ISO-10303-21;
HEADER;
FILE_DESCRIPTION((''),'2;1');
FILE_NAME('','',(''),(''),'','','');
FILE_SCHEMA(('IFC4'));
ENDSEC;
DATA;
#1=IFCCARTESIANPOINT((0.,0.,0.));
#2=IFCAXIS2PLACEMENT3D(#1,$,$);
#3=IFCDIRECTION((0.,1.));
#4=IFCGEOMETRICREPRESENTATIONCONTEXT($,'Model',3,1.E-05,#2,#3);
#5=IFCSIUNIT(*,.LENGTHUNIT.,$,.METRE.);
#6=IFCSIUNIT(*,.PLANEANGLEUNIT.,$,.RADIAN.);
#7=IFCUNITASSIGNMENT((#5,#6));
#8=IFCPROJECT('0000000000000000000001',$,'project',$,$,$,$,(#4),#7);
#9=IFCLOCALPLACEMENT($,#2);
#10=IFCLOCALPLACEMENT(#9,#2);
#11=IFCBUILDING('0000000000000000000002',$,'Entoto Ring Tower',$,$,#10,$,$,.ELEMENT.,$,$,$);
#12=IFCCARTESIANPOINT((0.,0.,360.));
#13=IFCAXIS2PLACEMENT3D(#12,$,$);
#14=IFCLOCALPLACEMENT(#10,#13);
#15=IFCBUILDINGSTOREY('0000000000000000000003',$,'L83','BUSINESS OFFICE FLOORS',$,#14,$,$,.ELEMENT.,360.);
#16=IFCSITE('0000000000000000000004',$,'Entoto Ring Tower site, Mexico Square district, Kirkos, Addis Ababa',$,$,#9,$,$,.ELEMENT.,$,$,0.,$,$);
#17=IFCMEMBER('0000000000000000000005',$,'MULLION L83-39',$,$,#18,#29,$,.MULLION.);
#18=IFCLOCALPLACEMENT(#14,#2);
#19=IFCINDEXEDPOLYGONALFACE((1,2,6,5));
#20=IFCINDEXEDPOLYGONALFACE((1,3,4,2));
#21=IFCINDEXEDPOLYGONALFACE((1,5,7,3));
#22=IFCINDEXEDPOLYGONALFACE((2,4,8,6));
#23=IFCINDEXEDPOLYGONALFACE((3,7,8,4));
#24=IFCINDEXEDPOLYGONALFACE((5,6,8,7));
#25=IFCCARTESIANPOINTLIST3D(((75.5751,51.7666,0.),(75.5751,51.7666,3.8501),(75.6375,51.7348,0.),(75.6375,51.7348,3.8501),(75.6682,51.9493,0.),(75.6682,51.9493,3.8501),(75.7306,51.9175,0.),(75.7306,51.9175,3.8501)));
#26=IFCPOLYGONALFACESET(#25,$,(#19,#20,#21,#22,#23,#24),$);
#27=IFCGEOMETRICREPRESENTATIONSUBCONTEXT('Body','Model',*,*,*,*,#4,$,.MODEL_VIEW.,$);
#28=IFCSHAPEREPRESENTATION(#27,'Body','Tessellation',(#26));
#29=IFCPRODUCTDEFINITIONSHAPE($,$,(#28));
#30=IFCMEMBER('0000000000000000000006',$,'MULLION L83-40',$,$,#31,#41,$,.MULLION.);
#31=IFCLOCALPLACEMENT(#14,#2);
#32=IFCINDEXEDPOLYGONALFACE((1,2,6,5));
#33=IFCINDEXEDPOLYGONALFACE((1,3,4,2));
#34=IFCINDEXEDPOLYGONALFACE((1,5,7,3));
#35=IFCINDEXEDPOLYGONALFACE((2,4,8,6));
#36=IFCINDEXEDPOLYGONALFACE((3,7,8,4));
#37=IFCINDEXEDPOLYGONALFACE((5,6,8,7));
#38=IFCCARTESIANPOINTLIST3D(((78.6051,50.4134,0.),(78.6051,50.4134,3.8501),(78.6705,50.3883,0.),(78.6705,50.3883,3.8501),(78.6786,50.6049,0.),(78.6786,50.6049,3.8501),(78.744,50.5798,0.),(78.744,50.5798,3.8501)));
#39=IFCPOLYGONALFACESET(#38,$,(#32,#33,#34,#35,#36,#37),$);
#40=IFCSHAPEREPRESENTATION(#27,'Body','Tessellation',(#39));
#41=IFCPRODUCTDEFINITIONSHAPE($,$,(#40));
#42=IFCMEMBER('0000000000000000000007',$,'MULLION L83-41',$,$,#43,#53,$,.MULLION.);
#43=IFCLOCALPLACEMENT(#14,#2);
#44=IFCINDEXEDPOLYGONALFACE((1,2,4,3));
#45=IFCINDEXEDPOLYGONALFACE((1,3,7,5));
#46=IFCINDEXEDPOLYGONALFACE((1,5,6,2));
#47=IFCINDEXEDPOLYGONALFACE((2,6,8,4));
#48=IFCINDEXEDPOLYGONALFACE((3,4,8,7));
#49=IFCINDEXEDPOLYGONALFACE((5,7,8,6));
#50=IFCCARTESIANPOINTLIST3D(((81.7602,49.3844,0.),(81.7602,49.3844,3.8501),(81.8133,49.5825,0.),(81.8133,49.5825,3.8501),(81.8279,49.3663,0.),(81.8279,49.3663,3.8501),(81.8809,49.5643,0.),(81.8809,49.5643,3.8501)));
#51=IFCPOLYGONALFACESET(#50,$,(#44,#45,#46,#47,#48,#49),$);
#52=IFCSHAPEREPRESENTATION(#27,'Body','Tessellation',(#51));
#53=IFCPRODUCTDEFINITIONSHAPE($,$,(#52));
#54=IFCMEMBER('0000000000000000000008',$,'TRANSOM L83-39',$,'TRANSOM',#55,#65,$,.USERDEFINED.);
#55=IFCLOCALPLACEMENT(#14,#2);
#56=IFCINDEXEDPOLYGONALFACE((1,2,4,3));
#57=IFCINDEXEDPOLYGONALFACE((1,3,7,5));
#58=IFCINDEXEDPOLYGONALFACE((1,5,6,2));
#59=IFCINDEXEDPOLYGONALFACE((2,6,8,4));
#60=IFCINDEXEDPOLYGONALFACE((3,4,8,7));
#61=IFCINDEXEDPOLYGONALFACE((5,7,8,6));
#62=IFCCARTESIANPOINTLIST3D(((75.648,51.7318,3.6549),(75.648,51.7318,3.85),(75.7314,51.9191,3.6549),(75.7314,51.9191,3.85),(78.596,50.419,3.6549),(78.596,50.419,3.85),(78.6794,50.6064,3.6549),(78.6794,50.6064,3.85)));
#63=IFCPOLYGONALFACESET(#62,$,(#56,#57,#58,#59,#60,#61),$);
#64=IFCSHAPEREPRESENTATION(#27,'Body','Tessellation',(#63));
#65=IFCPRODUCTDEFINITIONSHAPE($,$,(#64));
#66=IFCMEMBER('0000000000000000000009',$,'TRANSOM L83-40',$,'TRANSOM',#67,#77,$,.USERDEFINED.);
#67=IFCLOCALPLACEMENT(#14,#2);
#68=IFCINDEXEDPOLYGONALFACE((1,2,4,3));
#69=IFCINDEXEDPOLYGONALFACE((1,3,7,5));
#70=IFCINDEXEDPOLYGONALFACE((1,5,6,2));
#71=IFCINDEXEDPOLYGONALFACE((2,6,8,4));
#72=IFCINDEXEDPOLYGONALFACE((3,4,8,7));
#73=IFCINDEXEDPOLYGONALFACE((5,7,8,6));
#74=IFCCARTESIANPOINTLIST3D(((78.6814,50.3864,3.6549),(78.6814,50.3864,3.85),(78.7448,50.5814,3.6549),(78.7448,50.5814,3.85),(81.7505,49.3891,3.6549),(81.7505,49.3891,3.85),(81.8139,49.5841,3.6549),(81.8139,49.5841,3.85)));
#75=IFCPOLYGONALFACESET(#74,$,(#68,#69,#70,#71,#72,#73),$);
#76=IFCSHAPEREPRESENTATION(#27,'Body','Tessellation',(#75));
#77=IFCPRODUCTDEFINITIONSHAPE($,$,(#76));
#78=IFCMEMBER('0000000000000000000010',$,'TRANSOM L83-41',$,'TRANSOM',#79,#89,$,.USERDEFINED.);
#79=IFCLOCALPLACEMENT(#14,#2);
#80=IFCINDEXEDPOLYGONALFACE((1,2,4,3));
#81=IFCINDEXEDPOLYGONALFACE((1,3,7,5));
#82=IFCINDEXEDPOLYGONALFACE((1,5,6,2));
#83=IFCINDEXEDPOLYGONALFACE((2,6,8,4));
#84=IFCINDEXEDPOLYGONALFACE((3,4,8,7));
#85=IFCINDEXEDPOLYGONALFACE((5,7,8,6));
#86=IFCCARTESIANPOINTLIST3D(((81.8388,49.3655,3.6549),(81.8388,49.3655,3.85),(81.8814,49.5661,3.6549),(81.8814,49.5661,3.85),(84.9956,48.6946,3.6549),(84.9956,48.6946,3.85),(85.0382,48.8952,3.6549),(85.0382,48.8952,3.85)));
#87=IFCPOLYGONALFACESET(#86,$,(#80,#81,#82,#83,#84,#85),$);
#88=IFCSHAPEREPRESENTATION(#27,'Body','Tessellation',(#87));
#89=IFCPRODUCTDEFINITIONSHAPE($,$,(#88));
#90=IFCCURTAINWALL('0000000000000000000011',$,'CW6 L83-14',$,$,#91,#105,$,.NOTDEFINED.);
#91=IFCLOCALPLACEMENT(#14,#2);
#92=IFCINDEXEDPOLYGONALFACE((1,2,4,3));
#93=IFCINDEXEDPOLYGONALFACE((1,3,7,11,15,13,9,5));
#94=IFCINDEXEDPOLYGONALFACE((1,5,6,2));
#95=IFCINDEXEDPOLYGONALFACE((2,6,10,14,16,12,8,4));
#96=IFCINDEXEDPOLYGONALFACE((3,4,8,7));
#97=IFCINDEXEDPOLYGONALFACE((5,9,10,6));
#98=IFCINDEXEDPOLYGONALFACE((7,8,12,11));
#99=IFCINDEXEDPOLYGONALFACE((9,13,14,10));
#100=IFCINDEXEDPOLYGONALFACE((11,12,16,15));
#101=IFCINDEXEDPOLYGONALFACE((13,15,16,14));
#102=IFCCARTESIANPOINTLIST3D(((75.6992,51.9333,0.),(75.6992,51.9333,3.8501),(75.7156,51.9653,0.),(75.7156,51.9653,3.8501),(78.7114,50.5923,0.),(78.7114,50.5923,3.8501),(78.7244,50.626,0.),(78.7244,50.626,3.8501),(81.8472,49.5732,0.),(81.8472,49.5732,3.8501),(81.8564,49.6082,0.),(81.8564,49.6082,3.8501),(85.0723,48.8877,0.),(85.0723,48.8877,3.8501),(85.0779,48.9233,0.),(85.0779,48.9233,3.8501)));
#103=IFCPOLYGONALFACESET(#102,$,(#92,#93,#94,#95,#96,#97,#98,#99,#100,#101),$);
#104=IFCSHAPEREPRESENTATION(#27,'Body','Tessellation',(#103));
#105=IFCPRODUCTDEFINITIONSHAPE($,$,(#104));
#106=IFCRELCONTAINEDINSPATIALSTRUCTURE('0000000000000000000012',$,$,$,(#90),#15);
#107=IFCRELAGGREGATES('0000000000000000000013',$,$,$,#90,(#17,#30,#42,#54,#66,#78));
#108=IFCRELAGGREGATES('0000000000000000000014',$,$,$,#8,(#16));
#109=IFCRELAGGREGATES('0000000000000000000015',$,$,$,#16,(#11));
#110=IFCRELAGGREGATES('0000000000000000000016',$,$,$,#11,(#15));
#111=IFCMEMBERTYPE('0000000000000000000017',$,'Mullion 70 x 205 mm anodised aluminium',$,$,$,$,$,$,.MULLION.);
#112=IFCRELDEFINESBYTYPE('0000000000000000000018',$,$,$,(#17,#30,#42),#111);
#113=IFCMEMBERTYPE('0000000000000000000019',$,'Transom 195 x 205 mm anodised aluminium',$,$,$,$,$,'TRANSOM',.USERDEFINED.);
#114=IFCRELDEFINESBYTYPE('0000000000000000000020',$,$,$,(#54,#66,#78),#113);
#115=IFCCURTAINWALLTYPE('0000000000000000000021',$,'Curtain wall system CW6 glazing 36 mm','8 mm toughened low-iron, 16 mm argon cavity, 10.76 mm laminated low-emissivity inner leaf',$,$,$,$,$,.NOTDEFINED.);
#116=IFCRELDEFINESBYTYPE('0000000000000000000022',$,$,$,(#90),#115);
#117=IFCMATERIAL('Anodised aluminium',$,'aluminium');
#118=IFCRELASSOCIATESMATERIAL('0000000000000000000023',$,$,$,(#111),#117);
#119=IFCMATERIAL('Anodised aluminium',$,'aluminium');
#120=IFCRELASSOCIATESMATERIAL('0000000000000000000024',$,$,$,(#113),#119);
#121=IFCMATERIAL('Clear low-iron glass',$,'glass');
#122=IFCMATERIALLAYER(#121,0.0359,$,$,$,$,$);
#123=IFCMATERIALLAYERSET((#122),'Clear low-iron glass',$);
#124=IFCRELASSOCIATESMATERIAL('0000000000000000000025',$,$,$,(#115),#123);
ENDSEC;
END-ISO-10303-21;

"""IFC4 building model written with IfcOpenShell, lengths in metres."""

from ifc_helpers import new_model, si_unit, direction, frame, origin, origin_2d, place, context, subcontext, project, spatial, polyline, rectangle, outline, extrude, material, layer, layer_set, material_profile, profile_set, type_object, element, aggregate, save


model = new_model("IFC4")

# Units and contexts
model_context = context("Model", 3, precision=1e-05, world=origin(), true_north=direction((0.0, 1.0)))
body_context = subcontext(model_context, "Body", "Model", "MODEL_VIEW")
ifc_project = project(units=[si_unit("LENGTHUNIT", "METRE"), si_unit("PLANEANGLEUNIT", "RADIAN")], contexts=[model_context])

# Members
ifc_material_1 = material(Name="Anodised aluminium", Category="aluminium")
ifc_material_profile_1 = material_profile(ifc_material_1, rectangle(XDim=0.0701, YDim=0.2051, at=origin_2d()), Name="Mullion 70 x 205 mm anodised aluminium")
ifc_profile_set_1 = profile_set([ifc_material_profile_1], Name="Anodised aluminium")
member_type_1 = type_object("IfcMemberType", Name="Mullion 70 x 205 mm anodised aluminium", PredefinedType="MULLION", material=ifc_profile_set_1)
site_placement = place(None, origin())
building_placement = place(site_placement, origin())
storey_placement = place(building_placement, frame((0.0, 0.0, 360.0)))
member_1_placement = place(storey_placement, frame((75.6528, 51.842, 0.0), z_axis=(0.0, 0.0, 1.0), x_axis=(0.891007, -0.45399, 0.0)))
member_1 = element("IfcMember", 1, at=member_1_placement, type_object=member_type_1, Name="MULLION L83-39", PredefinedType="MULLION", context=body_context, shape_type="SweptSolid", body=[
    extrude(rectangle(XDim=0.0701, YDim=0.2051, at=origin_2d()), origin(), (0.0, 0.0, 1.0), 3.8501),
])
member_2_placement = place(storey_placement, frame((78.6746, 50.4966, 0.0), z_axis=(0.0, 0.0, 1.0), x_axis=(0.93358, -0.358368, 0.0)))
member_2 = element("IfcMember", 2, at=member_2_placement, type_object=member_type_1, Name="MULLION L83-40", PredefinedType="MULLION", context=body_context, shape_type="SweptSolid", body=[
    extrude(rectangle(XDim=0.0701, YDim=0.2051, at=origin_2d()), origin(), (0.0, 0.0, 1.0), 3.8501),
])
member_3_placement = place(storey_placement, frame((81.8206, 49.4744, 0.0), z_axis=(0.0, 0.0, 1.0), x_axis=(0.965926, -0.258819, 0.0)))
member_3 = element("IfcMember", 3, at=member_3_placement, type_object=member_type_1, Name="MULLION L83-41", PredefinedType="MULLION", context=body_context, shape_type="SweptSolid", body=[
    extrude(rectangle(XDim=0.0701, YDim=0.2051, at=origin_2d()), origin(), (0.0, 0.0, 1.0), 3.8501),
])
ifc_material_2 = material(Name="Anodised aluminium", Category="aluminium")
ifc_material_profile_2 = material_profile(ifc_material_2, rectangle(XDim=0.2051, YDim=0.1951, at=origin_2d()), Name="Transom 195 x 205 mm anodised aluminium")
ifc_profile_set_2 = profile_set([ifc_material_profile_2], Name="Anodised aluminium")
member_type_2 = type_object("IfcMemberType", Name="Transom 195 x 205 mm anodised aluminium", ElementType="TRANSOM", PredefinedType="USERDEFINED", material=ifc_profile_set_2)
member_4_placement = place(storey_placement, frame((75.6897, 51.8254, 3.7524), z_axis=(0.913521, -0.406791, 0.0), x_axis=(0.406791, 0.913521, 0.0)))
member_4 = element("IfcMember", 4, at=member_4_placement, type_object=member_type_2, Name="TRANSOM L83-39", ObjectType="TRANSOM", PredefinedType="USERDEFINED", context=body_context, shape_type="SweptSolid", body=[
    extrude(rectangle(XDim=0.2051, YDim=0.1951, at=origin_2d()), origin(), (0.0, 0.0, 1.0), 3.2271),
])
member_5_placement = place(storey_placement, frame((78.7131, 50.4839, 3.7524), z_axis=(0.951047, -0.309047, 0.0), x_axis=(0.309047, 0.951047, 0.0)))
member_5 = element("IfcMember", 5, at=member_5_placement, type_object=member_type_2, Name="TRANSOM L83-40", ObjectType="TRANSOM", PredefinedType="USERDEFINED", context=body_context, shape_type="SweptSolid", body=[
    extrude(rectangle(XDim=0.2051, YDim=0.1951, at=origin_2d()), origin(), (0.0, 0.0, 1.0), 3.2271),
])
member_6_placement = place(storey_placement, frame((81.8601, 49.4658, 3.7524), z_axis=(0.978153, -0.207886, 0.0), x_axis=(0.207886, 0.978153, 0.0)))
member_6 = element("IfcMember", 6, at=member_6_placement, type_object=member_type_2, Name="TRANSOM L83-41", ObjectType="TRANSOM", PredefinedType="USERDEFINED", context=body_context, shape_type="SweptSolid", body=[
    extrude(rectangle(XDim=0.2051, YDim=0.1951, at=origin_2d()), origin(), (0.0, 0.0, 1.0), 3.2273),
])

# Site, building, storey
site = spatial("IfcSite", under=ifc_project, at=site_placement, Name="Entoto Ring Tower site, Mexico Square district, Kirkos, Addis Ababa", CompositionType="ELEMENT", RefElevation=0.0)
building = spatial("IfcBuilding", under=site, at=building_placement, Name="Entoto Ring Tower", CompositionType="ELEMENT")
storey = spatial("IfcBuildingStorey", under=building, at=storey_placement, Name="L83", Description="BUSINESS OFFICE FLOORS", CompositionType="ELEMENT", Elevation=360.0)

# Curtain wall
ifc_material_3 = material(Name="Clear low-iron glass", Category="glass")
ifc_layer = layer(ifc_material_3, 0.0359)
ifc_layer_set = layer_set([ifc_layer], Name="Clear low-iron glass")
curtain_wall_type = type_object("IfcCurtainWallType", Name="Curtain wall system CW6 glazing 36 mm", Description="8 mm toughened low-iron, 16 mm argon cavity, 10.76 mm laminated low-emissivity inner leaf", PredefinedType="NOTDEFINED", material=ifc_layer_set)
curtain_wall_1_placement = place(storey_placement, origin())
curtain_wall_1 = element("IfcCurtainWall", 7, at=curtain_wall_1_placement, inside=storey, type_object=curtain_wall_type, Name="CW6 L83-14", PredefinedType="NOTDEFINED", context=body_context, shape_type="SweptSolid", body=[
    extrude(outline(polyline([(75.6992, 51.9333), (78.7114, 50.5923), (81.8472, 49.5732), (85.0723, 48.8877), (85.0779, 48.9233), (81.8564, 49.6082), (78.7244, 50.626), (75.7156, 51.9653), (75.6992, 51.9333)])), origin(), (0.0, 0.0, 1.0), 3.8501),
])
aggregate(curtain_wall_1, [member_1, member_2, member_3, member_4, member_5, member_6])

save(model, "model.ifc")
